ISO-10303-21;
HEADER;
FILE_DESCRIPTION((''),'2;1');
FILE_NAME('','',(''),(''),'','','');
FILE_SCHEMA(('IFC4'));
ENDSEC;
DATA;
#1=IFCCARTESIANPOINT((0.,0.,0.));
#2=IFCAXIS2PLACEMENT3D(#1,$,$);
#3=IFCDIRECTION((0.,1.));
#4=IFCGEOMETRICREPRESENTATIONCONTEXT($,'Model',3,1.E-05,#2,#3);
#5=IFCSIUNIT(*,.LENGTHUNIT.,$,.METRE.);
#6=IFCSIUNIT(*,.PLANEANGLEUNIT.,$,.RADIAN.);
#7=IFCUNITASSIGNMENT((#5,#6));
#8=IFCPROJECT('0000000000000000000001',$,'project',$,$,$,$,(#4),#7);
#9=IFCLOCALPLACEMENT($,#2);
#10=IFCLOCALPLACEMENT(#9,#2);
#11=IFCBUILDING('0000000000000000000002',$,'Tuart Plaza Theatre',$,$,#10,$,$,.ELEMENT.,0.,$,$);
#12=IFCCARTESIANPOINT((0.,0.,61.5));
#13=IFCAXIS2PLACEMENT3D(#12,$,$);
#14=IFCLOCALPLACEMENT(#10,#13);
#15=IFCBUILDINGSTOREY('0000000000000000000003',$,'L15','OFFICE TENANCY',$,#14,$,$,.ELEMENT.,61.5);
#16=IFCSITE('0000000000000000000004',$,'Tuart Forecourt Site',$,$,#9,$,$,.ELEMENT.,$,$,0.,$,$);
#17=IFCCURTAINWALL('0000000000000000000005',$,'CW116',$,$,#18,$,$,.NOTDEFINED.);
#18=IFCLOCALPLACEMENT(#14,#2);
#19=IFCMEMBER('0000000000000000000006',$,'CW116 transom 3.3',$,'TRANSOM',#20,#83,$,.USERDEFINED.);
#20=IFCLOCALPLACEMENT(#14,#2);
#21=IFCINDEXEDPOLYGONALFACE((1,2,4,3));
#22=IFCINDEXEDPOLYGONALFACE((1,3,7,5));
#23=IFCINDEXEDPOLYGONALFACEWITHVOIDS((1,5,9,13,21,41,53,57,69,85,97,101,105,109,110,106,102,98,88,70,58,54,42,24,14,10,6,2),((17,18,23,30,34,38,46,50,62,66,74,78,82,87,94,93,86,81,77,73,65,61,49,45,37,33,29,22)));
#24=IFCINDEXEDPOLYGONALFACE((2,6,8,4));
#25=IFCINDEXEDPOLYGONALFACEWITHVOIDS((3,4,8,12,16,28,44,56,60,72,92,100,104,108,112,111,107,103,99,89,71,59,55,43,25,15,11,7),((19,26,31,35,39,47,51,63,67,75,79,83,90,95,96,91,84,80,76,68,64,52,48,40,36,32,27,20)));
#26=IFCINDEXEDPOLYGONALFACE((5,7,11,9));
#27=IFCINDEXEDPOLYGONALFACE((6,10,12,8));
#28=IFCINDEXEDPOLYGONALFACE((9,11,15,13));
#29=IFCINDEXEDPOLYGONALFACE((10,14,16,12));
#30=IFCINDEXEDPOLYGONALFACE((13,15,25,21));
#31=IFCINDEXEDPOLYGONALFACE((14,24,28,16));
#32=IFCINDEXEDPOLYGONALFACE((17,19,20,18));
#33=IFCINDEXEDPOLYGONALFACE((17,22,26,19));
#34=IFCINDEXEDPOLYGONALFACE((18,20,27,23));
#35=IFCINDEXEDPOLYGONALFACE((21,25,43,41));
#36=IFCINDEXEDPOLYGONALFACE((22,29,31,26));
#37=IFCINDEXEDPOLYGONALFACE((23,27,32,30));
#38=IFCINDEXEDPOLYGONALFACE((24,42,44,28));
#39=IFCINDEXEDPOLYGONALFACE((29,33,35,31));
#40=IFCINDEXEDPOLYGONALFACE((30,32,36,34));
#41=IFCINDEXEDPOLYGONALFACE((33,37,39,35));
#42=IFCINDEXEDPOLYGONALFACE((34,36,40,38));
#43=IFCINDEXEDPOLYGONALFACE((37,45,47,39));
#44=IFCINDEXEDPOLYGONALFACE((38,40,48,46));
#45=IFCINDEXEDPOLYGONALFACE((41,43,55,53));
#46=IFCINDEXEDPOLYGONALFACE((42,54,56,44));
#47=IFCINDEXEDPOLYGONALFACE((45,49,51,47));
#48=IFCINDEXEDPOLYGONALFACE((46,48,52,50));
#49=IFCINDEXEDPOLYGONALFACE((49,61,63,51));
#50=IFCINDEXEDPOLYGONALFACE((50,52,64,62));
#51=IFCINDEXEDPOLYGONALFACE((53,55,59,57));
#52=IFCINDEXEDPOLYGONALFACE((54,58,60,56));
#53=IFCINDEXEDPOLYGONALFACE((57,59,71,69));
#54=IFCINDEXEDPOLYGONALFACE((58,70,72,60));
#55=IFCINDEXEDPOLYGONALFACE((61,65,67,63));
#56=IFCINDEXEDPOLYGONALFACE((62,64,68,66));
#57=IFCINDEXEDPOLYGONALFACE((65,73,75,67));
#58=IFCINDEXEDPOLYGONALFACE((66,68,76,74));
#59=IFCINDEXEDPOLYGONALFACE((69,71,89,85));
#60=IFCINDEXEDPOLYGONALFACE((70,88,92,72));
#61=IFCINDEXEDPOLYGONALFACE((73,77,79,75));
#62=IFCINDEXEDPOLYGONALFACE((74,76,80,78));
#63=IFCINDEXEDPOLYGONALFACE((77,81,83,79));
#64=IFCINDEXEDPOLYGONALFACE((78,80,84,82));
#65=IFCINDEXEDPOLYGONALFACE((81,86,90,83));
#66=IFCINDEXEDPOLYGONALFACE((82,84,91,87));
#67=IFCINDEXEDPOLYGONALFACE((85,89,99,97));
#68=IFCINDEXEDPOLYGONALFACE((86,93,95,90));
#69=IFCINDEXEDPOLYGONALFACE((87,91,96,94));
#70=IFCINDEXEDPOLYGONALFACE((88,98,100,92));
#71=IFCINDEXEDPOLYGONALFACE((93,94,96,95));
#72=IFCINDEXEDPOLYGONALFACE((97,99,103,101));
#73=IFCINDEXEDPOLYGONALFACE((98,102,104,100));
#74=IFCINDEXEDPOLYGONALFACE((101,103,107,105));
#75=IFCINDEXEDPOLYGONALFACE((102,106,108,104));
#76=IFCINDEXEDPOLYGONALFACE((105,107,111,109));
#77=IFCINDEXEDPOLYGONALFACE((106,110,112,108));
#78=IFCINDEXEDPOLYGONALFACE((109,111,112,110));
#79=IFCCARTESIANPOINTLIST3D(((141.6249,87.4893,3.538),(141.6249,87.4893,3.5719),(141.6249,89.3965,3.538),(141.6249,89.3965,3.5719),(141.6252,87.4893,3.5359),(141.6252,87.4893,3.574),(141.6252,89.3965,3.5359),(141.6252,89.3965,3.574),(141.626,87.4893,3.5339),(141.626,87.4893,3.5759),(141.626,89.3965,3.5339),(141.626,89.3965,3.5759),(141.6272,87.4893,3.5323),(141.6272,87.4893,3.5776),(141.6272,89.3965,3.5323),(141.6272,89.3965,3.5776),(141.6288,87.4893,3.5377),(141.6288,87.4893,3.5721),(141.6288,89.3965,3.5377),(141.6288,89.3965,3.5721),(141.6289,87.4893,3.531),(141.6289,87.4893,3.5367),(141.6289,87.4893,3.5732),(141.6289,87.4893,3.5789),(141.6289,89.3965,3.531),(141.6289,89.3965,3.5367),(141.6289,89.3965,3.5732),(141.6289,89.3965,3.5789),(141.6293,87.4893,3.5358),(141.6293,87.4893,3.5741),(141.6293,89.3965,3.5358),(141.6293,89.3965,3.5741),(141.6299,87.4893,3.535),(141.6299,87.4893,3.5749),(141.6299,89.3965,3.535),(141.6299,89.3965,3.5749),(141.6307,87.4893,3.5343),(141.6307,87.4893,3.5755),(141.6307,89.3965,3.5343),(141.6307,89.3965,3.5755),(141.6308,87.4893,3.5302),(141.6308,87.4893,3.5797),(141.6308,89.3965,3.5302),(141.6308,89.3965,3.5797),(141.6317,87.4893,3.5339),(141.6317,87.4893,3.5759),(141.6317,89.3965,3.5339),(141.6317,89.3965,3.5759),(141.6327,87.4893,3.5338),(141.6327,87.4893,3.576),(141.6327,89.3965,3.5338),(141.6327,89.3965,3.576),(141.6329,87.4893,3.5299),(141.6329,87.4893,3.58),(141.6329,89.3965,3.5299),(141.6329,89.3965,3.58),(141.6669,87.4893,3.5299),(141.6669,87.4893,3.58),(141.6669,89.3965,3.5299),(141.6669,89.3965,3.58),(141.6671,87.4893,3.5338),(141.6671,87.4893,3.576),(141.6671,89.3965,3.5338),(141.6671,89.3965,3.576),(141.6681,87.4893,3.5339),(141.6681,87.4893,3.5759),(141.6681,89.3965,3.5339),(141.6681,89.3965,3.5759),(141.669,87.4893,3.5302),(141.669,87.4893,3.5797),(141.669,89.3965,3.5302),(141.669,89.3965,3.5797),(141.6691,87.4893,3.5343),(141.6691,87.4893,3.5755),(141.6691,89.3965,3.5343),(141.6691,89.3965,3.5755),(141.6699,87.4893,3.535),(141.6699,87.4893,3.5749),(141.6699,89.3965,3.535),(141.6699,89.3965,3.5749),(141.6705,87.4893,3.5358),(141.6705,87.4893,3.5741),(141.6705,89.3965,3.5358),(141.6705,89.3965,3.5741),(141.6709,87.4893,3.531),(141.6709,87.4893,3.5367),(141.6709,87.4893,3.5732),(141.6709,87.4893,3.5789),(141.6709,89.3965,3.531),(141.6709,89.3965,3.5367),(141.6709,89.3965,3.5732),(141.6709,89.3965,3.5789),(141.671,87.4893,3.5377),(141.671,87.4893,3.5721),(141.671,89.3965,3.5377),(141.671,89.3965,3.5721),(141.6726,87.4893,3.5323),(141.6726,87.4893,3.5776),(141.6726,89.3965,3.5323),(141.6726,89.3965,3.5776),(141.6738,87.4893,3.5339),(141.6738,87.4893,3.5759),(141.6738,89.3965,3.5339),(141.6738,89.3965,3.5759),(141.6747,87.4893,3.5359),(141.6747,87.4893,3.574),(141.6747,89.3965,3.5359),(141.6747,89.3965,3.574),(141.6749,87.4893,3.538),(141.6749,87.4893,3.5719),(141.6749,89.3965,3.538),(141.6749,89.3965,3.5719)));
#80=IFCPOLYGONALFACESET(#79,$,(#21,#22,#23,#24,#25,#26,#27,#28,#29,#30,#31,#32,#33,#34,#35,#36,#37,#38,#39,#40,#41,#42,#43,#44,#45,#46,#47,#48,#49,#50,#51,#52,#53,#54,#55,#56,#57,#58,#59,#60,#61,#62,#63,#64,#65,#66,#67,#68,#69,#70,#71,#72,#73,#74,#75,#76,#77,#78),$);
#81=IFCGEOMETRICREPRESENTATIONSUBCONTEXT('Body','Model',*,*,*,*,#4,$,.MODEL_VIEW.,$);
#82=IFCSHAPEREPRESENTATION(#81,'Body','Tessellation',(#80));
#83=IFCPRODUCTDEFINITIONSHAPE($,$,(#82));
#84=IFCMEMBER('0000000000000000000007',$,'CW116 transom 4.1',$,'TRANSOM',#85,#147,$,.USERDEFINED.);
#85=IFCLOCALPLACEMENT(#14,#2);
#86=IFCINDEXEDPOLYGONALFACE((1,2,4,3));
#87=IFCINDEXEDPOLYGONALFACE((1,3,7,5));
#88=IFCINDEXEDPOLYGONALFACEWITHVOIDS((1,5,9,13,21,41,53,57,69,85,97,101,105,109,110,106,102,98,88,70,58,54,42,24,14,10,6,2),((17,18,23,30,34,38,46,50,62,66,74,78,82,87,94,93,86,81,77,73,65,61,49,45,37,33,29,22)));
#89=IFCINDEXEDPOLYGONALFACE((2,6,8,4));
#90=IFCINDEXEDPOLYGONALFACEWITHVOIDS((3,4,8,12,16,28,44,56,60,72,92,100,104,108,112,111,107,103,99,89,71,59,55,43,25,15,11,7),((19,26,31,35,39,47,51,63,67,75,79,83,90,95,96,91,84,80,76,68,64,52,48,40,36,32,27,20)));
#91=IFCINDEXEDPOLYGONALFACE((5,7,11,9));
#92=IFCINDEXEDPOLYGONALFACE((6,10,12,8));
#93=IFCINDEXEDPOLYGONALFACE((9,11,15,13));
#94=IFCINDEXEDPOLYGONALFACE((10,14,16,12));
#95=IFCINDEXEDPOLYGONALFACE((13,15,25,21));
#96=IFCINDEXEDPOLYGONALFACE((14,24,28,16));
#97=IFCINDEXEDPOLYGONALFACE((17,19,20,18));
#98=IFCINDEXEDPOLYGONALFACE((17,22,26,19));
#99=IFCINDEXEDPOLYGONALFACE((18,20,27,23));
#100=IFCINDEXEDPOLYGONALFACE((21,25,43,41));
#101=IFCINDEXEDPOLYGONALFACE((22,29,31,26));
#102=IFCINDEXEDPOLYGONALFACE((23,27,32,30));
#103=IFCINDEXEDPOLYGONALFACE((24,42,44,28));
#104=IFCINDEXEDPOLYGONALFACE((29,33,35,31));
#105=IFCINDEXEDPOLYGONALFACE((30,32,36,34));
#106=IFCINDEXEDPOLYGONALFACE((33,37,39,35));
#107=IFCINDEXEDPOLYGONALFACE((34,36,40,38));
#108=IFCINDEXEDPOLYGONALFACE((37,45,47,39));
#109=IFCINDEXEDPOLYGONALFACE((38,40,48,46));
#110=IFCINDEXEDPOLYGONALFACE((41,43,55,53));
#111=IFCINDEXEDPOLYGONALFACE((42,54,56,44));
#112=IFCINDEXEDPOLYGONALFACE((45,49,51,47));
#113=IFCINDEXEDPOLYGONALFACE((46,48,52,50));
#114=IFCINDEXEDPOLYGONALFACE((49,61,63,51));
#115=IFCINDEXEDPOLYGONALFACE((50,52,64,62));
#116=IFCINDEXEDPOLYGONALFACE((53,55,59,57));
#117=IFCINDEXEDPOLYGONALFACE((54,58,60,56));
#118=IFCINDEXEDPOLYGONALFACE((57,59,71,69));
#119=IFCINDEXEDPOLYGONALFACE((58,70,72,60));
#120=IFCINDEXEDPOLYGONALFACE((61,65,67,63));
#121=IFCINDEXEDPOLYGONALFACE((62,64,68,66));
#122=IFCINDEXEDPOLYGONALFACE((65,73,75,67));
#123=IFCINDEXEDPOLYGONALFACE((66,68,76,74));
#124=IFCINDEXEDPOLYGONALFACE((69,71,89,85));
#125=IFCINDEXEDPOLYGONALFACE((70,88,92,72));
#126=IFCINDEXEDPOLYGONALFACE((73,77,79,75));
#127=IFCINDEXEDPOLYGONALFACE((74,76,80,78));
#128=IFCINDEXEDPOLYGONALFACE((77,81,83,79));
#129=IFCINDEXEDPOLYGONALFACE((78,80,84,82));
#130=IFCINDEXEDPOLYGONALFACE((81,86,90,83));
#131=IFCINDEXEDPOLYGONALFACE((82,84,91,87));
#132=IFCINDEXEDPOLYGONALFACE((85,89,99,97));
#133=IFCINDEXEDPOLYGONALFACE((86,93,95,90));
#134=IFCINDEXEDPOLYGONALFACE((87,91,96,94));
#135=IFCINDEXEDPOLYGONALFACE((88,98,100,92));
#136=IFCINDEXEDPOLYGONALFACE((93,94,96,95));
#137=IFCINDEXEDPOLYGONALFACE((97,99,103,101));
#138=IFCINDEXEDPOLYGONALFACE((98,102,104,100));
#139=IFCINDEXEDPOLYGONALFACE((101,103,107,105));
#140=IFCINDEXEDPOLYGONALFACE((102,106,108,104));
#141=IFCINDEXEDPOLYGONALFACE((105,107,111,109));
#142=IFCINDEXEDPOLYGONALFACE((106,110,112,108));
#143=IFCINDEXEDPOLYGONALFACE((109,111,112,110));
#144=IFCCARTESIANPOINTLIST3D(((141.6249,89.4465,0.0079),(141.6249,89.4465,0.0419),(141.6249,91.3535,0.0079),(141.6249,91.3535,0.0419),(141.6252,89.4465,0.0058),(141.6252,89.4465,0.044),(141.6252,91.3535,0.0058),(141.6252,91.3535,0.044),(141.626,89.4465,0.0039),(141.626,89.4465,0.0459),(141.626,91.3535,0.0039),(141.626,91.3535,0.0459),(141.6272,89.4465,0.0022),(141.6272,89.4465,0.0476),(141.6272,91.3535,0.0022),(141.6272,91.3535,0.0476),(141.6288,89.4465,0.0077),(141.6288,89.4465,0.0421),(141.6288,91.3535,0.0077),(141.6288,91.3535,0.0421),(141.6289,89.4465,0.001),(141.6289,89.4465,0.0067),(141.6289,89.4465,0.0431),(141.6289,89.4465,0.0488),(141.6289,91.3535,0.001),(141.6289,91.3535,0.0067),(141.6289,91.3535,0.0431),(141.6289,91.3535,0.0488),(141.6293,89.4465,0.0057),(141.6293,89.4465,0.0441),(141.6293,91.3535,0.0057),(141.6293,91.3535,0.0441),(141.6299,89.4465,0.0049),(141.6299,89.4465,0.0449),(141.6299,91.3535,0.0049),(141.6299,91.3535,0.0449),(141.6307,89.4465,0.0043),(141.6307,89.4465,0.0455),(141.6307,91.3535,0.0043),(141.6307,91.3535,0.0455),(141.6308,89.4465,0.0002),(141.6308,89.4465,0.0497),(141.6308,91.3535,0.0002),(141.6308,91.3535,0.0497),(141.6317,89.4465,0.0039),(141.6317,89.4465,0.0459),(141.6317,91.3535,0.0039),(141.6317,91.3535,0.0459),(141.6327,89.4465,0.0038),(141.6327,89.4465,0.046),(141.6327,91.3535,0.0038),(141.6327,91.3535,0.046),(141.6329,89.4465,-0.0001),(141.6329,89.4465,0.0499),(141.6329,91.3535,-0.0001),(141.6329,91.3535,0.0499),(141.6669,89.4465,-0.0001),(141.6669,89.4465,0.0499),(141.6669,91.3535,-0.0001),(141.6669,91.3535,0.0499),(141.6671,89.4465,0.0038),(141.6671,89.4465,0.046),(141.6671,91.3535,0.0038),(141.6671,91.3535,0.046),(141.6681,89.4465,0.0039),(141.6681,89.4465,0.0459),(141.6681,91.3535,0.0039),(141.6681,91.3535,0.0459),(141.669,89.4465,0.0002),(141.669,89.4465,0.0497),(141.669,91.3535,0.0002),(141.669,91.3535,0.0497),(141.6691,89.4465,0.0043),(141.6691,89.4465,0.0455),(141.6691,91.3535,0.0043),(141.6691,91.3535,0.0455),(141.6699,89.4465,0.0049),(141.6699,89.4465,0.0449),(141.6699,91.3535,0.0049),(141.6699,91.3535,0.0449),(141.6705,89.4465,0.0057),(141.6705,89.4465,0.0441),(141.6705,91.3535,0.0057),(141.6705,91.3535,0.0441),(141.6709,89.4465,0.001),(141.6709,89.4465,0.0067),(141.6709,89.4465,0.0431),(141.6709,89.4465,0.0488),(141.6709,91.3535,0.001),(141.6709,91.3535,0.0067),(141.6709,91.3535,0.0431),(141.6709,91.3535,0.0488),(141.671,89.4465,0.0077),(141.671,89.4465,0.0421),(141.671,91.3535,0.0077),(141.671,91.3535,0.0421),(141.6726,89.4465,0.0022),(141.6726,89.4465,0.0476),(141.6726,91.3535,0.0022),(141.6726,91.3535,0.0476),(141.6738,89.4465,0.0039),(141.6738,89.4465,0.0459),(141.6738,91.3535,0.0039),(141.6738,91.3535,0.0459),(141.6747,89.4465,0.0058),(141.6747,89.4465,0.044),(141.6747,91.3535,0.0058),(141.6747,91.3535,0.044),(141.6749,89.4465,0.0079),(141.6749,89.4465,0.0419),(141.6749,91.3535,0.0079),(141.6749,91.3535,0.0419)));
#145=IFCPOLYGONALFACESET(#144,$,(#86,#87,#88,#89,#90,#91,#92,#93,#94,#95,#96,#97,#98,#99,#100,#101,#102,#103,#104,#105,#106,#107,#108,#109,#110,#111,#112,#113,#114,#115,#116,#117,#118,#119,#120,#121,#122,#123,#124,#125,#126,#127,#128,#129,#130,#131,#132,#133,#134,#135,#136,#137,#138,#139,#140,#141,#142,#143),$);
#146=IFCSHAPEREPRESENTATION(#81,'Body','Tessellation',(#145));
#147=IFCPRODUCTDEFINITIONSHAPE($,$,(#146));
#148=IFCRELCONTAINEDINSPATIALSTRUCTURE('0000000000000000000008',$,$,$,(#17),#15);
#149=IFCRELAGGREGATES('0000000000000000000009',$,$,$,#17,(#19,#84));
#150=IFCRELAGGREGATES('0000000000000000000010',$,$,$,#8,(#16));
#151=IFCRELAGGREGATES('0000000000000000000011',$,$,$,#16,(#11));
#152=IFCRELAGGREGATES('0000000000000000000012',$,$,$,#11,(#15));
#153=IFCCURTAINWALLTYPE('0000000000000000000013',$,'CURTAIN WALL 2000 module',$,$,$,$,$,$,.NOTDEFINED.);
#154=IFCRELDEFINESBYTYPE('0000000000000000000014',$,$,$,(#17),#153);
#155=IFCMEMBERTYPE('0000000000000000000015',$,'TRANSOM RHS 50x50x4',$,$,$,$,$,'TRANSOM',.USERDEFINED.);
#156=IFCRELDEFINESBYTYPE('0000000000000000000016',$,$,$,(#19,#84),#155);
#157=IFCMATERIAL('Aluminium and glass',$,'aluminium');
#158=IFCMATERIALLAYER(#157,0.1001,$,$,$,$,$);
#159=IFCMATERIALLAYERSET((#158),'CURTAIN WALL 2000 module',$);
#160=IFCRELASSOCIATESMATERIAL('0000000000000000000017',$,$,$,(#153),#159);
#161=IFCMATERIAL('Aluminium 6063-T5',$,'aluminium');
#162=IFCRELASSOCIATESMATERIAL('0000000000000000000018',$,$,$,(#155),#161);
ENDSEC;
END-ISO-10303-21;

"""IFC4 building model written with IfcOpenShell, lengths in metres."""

from ifc_helpers import new_model, si_unit, direction, frame, origin, origin_2d, place, context, subcontext, project, spatial, hollow_rectangle, extrude, material, layer, layer_set, material_profile, profile_set, type_object, element, aggregate, save


model = new_model("IFC4")

# Units and contexts
model_context = context("Model", 3, precision=1e-05, world=origin(), true_north=direction((0.0, 1.0)))
body_context = subcontext(model_context, "Body", "Model", "MODEL_VIEW")
ifc_project = project(units=[si_unit("LENGTHUNIT", "METRE"), si_unit("PLANEANGLEUNIT", "RADIAN")], contexts=[model_context])

# Site, building, storey
site_placement = place(None, origin())
site = spatial("IfcSite", under=ifc_project, at=site_placement, Name="Tuart Forecourt Site", CompositionType="ELEMENT", RefElevation=0.0)
building_placement = place(site_placement, origin())
building = spatial("IfcBuilding", under=site, at=building_placement, Name="Tuart Plaza Theatre", CompositionType="ELEMENT", ElevationOfRefHeight=0.0)
storey_placement = place(building_placement, frame((0.0, 0.0, 61.5)))
storey = spatial("IfcBuildingStorey", under=building, at=storey_placement, Name="L15", Description="OFFICE TENANCY", CompositionType="ELEMENT", Elevation=61.5)

# Curtain wall, members
ifc_material_1 = material(Name="Aluminium and glass", Category="aluminium")
ifc_layer_1 = layer(ifc_material_1, 0.1001)
ifc_layer_set_1 = layer_set([ifc_layer_1], Name="CURTAIN WALL 2000 module")
curtain_wall_type = type_object("IfcCurtainWallType", Name="CURTAIN WALL 2000 module", PredefinedType="NOTDEFINED", material=ifc_layer_set_1)
curtain_wall_placement = place(storey_placement, origin())
curtain_wall = element("IfcCurtainWall", 1, at=curtain_wall_placement, inside=storey, type_object=curtain_wall_type, Name="CW116", PredefinedType="NOTDEFINED")
ifc_material_2 = material(Name="Aluminium 6063-T5", Category="aluminium")
ifc_material_profile_1 = material_profile(ifc_material_2, hollow_rectangle(XDim=0.05, YDim=0.05, WallThickness=0.0039, InnerFilletRadius=0.0039, OuterFilletRadius=0.0081, at=origin_2d()), Name="RHS 50x50x4")
ifc_profile_set_1 = profile_set([ifc_material_profile_1], Name="Aluminium 6063-T5")
member_type_1 = type_object("IfcMemberType", Name="TRANSOM RHS 50x50x4", ElementType="TRANSOM", PredefinedType="USERDEFINED", material=ifc_profile_set_1)
member_1_placement = place(storey_placement, frame((141.6499, 87.4893, 3.5549), z_axis=(0.0, 1.0, 0.0), x_axis=(-1.0, 0.0, 0.0)))
member_1 = element("IfcMember", 2, at=member_1_placement, type_object=member_type_1, Name="CW116 transom 3.3", ObjectType="TRANSOM", PredefinedType="USERDEFINED", context=body_context, shape_type="SweptSolid", body=[
    extrude(hollow_rectangle(XDim=0.05, YDim=0.05, WallThickness=0.0039, InnerFilletRadius=0.0039, OuterFilletRadius=0.0081, at=origin_2d()), origin(), (0.0, 0.0, 1.0), 1.9072),
])
member_2_placement = place(storey_placement, frame((141.6499, 89.4465, 0.0249), z_axis=(0.0, 1.0, 0.0), x_axis=(-1.0, 0.0, 0.0)))
member_2 = element("IfcMember", 3, at=member_2_placement, type_object=member_type_1, Name="CW116 transom 4.1", ObjectType="TRANSOM", PredefinedType="USERDEFINED", context=body_context, shape_type="SweptSolid", body=[
    extrude(hollow_rectangle(XDim=0.05, YDim=0.05, WallThickness=0.0039, InnerFilletRadius=0.0039, OuterFilletRadius=0.0081, at=origin_2d()), origin(), (0.0, 0.0, 1.0), 1.907),
])
aggregate(curtain_wall, [member_1, member_2])

save(model, "model.ifc")
